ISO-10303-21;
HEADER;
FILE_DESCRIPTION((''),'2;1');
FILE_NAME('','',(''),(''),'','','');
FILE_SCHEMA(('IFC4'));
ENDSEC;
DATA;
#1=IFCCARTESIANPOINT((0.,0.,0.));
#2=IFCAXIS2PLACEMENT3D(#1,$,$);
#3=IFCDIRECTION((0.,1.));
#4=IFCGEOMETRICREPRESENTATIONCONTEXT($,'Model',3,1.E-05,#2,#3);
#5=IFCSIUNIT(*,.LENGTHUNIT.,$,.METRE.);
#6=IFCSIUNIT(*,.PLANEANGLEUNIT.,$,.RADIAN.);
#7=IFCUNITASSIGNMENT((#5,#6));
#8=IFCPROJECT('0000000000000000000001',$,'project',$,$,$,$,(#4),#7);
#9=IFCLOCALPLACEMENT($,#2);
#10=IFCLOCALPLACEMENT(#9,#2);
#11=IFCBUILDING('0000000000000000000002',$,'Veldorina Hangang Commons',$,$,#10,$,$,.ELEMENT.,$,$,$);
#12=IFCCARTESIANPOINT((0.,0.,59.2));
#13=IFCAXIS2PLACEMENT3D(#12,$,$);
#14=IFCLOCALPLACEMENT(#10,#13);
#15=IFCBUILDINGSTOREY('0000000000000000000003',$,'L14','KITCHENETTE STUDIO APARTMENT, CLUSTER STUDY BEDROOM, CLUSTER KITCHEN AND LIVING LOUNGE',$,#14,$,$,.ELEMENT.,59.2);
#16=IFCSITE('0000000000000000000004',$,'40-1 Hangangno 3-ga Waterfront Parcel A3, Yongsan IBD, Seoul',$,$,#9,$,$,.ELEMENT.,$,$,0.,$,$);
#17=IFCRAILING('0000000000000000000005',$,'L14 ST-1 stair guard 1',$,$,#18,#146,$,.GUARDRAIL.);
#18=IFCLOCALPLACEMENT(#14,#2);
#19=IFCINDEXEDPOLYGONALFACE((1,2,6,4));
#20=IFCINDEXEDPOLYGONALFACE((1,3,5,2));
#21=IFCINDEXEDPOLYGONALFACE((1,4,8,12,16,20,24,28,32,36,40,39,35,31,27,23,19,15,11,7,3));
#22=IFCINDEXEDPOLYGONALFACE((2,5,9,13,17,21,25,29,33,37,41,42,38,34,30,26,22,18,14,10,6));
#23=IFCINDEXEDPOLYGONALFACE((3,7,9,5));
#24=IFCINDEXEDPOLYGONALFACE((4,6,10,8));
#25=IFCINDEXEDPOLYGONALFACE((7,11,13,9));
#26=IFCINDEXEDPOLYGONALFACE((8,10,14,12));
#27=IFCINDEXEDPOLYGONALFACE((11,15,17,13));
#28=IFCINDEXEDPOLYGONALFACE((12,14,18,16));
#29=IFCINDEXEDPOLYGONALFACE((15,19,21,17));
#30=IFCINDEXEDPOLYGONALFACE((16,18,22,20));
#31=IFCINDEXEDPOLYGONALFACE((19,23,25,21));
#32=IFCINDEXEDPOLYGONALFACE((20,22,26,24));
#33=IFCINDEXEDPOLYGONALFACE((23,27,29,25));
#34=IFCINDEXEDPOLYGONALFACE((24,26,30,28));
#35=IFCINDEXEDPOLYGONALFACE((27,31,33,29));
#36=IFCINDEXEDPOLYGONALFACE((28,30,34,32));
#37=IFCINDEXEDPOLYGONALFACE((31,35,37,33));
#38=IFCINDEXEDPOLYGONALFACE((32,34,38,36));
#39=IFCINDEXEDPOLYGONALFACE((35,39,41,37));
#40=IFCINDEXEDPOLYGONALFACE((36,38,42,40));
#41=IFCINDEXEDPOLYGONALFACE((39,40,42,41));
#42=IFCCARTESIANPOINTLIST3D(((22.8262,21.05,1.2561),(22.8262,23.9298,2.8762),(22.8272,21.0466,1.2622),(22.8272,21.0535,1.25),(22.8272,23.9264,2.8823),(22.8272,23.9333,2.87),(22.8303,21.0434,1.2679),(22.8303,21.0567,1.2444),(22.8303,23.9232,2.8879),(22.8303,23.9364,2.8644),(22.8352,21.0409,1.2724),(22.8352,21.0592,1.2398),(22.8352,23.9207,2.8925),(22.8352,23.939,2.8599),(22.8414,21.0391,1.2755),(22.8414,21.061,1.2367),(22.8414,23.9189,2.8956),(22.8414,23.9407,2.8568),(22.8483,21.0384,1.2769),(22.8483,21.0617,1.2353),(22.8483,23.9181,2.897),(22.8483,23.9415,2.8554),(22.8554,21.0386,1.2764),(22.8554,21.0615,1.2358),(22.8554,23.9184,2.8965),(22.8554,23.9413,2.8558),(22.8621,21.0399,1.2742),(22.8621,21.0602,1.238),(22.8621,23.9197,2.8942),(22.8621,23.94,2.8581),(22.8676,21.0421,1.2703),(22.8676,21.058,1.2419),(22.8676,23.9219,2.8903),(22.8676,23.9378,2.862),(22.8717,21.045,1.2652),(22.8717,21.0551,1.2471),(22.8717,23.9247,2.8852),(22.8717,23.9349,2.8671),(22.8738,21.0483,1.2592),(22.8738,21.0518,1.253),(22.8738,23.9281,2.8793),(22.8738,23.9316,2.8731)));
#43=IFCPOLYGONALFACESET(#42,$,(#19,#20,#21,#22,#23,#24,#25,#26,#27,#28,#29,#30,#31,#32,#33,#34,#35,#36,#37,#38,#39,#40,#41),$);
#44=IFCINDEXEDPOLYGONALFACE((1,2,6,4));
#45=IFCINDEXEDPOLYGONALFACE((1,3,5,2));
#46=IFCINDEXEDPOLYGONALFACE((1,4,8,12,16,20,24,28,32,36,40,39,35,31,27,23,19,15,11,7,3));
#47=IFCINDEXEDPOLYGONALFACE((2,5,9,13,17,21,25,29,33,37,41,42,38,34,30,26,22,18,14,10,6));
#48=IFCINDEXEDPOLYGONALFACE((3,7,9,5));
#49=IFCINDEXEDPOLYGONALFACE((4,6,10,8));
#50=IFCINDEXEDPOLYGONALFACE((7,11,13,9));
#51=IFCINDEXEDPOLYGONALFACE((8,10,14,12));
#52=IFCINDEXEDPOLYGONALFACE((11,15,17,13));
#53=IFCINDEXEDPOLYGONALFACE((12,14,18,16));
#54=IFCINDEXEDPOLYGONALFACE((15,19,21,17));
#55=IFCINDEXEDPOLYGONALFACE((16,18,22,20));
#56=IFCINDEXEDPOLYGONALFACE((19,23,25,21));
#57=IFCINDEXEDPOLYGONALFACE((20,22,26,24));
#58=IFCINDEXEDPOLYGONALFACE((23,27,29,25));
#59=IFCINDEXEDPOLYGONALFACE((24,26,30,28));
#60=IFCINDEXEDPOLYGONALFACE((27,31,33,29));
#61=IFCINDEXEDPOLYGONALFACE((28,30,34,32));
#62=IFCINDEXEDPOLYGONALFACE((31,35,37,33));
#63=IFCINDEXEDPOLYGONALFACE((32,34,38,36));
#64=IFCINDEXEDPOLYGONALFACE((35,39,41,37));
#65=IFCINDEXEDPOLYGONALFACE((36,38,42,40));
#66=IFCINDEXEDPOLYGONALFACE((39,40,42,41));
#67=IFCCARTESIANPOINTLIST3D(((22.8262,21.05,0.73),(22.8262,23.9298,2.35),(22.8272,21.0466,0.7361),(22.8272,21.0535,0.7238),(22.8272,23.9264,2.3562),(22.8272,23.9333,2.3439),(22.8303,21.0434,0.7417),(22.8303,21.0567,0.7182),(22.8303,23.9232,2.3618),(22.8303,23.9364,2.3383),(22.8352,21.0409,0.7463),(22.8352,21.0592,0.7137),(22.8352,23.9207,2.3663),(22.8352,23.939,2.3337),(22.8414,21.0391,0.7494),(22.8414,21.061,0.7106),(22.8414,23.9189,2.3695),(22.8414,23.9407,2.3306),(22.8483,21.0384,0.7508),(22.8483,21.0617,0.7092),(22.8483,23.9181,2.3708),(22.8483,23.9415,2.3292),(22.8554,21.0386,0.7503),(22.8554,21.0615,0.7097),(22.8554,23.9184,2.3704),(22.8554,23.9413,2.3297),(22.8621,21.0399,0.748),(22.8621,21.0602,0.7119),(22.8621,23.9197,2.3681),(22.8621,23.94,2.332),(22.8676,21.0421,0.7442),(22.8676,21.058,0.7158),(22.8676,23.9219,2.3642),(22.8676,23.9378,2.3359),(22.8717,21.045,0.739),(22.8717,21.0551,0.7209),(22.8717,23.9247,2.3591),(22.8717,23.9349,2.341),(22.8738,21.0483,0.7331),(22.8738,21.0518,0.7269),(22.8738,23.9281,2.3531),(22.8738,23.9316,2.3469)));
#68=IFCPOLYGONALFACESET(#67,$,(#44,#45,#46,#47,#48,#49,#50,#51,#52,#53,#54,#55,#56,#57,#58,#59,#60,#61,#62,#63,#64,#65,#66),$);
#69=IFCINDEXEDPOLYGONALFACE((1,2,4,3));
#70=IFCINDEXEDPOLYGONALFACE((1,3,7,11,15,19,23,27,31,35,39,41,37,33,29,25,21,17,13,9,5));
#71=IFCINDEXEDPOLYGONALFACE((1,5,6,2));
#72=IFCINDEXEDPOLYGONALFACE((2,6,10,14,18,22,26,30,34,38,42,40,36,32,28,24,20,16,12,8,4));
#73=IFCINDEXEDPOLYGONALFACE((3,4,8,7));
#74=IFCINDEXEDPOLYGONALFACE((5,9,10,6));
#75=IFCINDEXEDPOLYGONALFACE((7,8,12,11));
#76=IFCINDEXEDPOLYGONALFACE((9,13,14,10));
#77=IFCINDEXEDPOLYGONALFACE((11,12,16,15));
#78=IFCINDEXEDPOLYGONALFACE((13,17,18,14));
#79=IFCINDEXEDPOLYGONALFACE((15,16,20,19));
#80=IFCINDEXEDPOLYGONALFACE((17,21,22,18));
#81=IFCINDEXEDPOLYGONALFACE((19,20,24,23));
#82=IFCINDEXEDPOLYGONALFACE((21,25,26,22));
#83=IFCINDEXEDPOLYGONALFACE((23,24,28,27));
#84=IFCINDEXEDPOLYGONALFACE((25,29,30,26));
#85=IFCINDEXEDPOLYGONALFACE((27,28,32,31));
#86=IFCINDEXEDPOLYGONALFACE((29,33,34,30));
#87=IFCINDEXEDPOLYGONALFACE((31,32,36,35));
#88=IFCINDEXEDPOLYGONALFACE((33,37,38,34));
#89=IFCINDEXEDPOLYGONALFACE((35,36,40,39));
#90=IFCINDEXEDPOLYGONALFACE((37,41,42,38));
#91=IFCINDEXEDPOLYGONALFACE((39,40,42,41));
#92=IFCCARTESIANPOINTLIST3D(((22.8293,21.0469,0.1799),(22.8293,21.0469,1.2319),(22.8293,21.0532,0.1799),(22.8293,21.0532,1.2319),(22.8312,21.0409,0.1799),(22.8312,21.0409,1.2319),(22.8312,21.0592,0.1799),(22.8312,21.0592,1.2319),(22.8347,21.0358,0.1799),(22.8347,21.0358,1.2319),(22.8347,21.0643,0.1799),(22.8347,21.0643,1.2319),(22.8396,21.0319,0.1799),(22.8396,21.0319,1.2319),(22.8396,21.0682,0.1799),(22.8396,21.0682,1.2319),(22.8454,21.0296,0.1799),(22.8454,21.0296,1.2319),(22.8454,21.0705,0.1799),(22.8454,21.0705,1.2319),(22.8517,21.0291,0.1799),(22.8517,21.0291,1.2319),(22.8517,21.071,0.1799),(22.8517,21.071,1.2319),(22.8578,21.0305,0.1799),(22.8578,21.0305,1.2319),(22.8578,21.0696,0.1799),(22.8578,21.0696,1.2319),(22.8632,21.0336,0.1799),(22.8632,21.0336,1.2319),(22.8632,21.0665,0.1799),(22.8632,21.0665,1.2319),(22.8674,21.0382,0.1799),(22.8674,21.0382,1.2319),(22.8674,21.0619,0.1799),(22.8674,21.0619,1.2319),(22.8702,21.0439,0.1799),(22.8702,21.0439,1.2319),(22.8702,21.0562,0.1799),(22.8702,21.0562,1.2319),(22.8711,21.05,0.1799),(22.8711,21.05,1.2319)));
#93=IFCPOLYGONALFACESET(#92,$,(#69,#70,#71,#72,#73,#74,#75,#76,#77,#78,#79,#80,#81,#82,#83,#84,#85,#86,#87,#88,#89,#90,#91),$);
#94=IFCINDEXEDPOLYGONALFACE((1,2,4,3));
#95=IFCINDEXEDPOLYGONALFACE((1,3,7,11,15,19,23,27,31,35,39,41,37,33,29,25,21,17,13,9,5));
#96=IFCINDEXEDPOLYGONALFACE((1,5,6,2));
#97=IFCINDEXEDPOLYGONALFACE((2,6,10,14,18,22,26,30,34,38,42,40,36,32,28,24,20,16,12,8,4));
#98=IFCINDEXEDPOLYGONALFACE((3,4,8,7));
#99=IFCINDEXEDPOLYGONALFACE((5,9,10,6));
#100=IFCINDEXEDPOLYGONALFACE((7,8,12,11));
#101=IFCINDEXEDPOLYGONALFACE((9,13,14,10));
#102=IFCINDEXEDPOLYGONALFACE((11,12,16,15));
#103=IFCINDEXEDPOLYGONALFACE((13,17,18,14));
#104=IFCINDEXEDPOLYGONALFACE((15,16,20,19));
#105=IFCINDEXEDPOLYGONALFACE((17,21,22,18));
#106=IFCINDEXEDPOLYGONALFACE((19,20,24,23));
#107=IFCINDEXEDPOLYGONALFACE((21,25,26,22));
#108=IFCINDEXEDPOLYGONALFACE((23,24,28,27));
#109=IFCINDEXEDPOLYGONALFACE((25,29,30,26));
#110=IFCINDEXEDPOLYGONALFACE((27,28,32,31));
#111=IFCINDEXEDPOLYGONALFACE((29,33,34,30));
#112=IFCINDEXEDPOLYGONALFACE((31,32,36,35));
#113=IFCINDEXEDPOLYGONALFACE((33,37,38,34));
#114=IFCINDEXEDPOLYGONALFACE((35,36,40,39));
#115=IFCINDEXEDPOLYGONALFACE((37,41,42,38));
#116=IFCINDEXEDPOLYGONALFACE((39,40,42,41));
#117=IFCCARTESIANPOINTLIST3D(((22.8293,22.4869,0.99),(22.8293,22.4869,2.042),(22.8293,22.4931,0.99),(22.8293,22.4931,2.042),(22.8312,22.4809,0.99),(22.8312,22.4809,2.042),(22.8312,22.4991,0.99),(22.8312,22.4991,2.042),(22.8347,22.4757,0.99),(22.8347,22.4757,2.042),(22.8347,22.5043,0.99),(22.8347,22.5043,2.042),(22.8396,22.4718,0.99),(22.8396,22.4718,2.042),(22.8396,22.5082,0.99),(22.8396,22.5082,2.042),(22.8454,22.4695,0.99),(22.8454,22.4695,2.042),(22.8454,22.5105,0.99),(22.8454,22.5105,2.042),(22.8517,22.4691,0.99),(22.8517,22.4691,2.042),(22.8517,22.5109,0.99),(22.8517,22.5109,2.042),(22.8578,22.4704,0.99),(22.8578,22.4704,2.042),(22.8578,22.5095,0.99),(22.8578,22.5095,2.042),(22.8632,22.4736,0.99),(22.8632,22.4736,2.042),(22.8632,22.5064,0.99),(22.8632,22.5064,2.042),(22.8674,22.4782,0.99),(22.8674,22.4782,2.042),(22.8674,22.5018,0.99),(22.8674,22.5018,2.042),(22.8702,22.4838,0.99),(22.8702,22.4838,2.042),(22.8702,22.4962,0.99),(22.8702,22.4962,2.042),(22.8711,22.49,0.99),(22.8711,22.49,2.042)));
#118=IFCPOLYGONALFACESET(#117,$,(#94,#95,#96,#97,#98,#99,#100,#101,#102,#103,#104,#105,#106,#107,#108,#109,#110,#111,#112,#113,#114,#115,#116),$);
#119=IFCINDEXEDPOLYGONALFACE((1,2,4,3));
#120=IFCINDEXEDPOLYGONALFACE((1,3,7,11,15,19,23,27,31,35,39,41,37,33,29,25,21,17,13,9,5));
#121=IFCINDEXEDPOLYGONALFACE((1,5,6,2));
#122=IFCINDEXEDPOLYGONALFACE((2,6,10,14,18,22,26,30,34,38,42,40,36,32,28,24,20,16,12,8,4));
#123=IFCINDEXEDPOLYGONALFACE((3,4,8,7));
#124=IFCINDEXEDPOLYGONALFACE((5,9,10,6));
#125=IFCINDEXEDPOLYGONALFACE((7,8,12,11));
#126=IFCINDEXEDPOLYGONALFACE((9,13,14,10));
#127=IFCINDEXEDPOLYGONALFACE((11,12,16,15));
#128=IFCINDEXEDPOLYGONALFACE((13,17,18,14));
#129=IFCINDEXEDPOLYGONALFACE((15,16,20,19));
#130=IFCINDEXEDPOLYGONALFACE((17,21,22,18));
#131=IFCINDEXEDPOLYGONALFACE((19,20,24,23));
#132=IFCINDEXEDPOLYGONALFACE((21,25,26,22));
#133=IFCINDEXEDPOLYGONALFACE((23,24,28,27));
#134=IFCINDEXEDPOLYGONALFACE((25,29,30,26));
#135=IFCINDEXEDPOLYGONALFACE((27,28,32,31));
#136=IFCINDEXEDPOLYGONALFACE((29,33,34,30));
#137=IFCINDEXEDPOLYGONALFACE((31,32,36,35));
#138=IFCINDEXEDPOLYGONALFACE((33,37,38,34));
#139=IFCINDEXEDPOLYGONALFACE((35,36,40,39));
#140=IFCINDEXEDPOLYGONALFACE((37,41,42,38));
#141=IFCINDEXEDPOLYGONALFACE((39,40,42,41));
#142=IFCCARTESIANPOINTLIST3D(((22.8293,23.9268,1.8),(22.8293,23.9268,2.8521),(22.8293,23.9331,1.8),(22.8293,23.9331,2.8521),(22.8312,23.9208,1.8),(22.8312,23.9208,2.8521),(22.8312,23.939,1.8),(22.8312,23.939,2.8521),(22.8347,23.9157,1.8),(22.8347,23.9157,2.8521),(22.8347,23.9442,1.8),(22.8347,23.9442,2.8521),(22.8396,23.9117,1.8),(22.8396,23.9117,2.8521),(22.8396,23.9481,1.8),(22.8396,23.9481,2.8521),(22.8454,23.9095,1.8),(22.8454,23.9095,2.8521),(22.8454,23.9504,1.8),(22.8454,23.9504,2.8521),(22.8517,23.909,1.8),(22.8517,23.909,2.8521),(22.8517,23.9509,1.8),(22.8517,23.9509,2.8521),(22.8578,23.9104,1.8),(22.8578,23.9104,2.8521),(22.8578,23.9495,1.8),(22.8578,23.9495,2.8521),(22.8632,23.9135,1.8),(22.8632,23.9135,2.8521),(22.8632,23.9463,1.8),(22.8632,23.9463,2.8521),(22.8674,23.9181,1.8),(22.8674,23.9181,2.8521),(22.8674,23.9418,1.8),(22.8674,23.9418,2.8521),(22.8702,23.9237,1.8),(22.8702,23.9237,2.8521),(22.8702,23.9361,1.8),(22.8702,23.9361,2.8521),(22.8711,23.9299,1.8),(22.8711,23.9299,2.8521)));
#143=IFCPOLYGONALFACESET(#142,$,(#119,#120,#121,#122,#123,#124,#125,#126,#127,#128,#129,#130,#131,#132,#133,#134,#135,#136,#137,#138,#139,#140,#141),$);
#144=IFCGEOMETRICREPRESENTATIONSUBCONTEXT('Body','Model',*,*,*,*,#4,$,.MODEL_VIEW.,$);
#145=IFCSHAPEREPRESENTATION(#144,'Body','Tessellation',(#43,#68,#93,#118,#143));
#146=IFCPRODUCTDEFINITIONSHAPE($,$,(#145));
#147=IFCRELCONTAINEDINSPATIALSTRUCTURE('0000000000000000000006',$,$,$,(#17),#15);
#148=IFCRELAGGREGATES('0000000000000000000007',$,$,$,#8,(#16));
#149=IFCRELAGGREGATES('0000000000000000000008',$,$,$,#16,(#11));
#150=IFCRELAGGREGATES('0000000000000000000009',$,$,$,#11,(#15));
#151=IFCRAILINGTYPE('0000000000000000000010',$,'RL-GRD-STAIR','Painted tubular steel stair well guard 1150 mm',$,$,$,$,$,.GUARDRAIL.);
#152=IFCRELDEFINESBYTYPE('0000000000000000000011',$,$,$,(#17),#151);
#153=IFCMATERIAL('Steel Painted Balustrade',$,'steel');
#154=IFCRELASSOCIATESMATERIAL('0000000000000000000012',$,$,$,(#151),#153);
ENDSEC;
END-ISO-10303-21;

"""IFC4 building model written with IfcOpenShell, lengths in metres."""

from ifc_helpers import new_model, si_unit, direction, frame, origin, origin_2d, place, context, subcontext, project, spatial, circle, extrude, material, type_object, element, save


model = new_model("IFC4")

# Units and contexts
model_context = context("Model", 3, precision=1e-05, world=origin(), true_north=direction((0.0, 1.0)))
body_context = subcontext(model_context, "Body", "Model", "MODEL_VIEW")
ifc_project = project(units=[si_unit("LENGTHUNIT", "METRE"), si_unit("PLANEANGLEUNIT", "RADIAN")], contexts=[model_context])

# Site, building, storey
site_placement = place(None, origin())
site = spatial("IfcSite", under=ifc_project, at=site_placement, Name="40-1 Hangangno 3-ga Waterfront Parcel A3, Yongsan IBD, Seoul", CompositionType="ELEMENT", RefElevation=0.0)
building_placement = place(site_placement, origin())
building = spatial("IfcBuilding", under=site, at=building_placement, Name="Veldorina Hangang Commons", CompositionType="ELEMENT")
storey_placement = place(building_placement, frame((0.0, 0.0, 59.2)))
storey = spatial("IfcBuildingStorey", under=building, at=storey_placement, Name="L14", Description="KITCHENETTE STUDIO APARTMENT, CLUSTER STUDY BEDROOM, CLUSTER KITCHEN AND LIVING LOUNGE", CompositionType="ELEMENT", Elevation=59.2)

# Railing
ifc_material_1 = material(Name="Steel Painted Balustrade", Category="steel")
railing_type = type_object("IfcRailingType", Name="RL-GRD-STAIR", Description="Painted tubular steel stair well guard 1150 mm", PredefinedType="GUARDRAIL", material=ifc_material_1)
railing_1_placement = place(storey_placement, frame((22.8501, 21.05, 0.1799)))
element("IfcRailing", 1, at=railing_1_placement, inside=storey, type_object=railing_type, Name="L14 ST-1 stair guard 1", PredefinedType="GUARDRAIL", context=body_context, shape_type="SweptSolid", body=[
    extrude(circle(Radius=0.0239, at=origin_2d()), frame((0.0, 0.0, 1.0762), z_axis=(0.0, 0.871552, 0.490303), x_axis=(-1.0, 0.0, 0.0)), (0.0, 0.0, 1.0), 3.3042),
    extrude(circle(Radius=0.0239, at=origin_2d()), frame((0.0, 0.0, 0.55), z_axis=(0.0, 0.871552, 0.490303), x_axis=(-1.0, 0.0, 0.0)), (0.0, 0.0, 1.0), 3.3042),
    extrude(circle(Radius=0.021, at=origin_2d()), origin(), (0.0, 0.0, 1.0), 1.052),
    extrude(circle(Radius=0.021, at=origin_2d()), frame((0.0, 1.4399, 0.8101)), (0.0, 0.0, 1.0), 1.052),
    extrude(circle(Radius=0.021, at=origin_2d()), frame((0.0, 2.8799, 1.6201)), (0.0, 0.0, 1.0), 1.052),
])

save(model, "model.ifc")
